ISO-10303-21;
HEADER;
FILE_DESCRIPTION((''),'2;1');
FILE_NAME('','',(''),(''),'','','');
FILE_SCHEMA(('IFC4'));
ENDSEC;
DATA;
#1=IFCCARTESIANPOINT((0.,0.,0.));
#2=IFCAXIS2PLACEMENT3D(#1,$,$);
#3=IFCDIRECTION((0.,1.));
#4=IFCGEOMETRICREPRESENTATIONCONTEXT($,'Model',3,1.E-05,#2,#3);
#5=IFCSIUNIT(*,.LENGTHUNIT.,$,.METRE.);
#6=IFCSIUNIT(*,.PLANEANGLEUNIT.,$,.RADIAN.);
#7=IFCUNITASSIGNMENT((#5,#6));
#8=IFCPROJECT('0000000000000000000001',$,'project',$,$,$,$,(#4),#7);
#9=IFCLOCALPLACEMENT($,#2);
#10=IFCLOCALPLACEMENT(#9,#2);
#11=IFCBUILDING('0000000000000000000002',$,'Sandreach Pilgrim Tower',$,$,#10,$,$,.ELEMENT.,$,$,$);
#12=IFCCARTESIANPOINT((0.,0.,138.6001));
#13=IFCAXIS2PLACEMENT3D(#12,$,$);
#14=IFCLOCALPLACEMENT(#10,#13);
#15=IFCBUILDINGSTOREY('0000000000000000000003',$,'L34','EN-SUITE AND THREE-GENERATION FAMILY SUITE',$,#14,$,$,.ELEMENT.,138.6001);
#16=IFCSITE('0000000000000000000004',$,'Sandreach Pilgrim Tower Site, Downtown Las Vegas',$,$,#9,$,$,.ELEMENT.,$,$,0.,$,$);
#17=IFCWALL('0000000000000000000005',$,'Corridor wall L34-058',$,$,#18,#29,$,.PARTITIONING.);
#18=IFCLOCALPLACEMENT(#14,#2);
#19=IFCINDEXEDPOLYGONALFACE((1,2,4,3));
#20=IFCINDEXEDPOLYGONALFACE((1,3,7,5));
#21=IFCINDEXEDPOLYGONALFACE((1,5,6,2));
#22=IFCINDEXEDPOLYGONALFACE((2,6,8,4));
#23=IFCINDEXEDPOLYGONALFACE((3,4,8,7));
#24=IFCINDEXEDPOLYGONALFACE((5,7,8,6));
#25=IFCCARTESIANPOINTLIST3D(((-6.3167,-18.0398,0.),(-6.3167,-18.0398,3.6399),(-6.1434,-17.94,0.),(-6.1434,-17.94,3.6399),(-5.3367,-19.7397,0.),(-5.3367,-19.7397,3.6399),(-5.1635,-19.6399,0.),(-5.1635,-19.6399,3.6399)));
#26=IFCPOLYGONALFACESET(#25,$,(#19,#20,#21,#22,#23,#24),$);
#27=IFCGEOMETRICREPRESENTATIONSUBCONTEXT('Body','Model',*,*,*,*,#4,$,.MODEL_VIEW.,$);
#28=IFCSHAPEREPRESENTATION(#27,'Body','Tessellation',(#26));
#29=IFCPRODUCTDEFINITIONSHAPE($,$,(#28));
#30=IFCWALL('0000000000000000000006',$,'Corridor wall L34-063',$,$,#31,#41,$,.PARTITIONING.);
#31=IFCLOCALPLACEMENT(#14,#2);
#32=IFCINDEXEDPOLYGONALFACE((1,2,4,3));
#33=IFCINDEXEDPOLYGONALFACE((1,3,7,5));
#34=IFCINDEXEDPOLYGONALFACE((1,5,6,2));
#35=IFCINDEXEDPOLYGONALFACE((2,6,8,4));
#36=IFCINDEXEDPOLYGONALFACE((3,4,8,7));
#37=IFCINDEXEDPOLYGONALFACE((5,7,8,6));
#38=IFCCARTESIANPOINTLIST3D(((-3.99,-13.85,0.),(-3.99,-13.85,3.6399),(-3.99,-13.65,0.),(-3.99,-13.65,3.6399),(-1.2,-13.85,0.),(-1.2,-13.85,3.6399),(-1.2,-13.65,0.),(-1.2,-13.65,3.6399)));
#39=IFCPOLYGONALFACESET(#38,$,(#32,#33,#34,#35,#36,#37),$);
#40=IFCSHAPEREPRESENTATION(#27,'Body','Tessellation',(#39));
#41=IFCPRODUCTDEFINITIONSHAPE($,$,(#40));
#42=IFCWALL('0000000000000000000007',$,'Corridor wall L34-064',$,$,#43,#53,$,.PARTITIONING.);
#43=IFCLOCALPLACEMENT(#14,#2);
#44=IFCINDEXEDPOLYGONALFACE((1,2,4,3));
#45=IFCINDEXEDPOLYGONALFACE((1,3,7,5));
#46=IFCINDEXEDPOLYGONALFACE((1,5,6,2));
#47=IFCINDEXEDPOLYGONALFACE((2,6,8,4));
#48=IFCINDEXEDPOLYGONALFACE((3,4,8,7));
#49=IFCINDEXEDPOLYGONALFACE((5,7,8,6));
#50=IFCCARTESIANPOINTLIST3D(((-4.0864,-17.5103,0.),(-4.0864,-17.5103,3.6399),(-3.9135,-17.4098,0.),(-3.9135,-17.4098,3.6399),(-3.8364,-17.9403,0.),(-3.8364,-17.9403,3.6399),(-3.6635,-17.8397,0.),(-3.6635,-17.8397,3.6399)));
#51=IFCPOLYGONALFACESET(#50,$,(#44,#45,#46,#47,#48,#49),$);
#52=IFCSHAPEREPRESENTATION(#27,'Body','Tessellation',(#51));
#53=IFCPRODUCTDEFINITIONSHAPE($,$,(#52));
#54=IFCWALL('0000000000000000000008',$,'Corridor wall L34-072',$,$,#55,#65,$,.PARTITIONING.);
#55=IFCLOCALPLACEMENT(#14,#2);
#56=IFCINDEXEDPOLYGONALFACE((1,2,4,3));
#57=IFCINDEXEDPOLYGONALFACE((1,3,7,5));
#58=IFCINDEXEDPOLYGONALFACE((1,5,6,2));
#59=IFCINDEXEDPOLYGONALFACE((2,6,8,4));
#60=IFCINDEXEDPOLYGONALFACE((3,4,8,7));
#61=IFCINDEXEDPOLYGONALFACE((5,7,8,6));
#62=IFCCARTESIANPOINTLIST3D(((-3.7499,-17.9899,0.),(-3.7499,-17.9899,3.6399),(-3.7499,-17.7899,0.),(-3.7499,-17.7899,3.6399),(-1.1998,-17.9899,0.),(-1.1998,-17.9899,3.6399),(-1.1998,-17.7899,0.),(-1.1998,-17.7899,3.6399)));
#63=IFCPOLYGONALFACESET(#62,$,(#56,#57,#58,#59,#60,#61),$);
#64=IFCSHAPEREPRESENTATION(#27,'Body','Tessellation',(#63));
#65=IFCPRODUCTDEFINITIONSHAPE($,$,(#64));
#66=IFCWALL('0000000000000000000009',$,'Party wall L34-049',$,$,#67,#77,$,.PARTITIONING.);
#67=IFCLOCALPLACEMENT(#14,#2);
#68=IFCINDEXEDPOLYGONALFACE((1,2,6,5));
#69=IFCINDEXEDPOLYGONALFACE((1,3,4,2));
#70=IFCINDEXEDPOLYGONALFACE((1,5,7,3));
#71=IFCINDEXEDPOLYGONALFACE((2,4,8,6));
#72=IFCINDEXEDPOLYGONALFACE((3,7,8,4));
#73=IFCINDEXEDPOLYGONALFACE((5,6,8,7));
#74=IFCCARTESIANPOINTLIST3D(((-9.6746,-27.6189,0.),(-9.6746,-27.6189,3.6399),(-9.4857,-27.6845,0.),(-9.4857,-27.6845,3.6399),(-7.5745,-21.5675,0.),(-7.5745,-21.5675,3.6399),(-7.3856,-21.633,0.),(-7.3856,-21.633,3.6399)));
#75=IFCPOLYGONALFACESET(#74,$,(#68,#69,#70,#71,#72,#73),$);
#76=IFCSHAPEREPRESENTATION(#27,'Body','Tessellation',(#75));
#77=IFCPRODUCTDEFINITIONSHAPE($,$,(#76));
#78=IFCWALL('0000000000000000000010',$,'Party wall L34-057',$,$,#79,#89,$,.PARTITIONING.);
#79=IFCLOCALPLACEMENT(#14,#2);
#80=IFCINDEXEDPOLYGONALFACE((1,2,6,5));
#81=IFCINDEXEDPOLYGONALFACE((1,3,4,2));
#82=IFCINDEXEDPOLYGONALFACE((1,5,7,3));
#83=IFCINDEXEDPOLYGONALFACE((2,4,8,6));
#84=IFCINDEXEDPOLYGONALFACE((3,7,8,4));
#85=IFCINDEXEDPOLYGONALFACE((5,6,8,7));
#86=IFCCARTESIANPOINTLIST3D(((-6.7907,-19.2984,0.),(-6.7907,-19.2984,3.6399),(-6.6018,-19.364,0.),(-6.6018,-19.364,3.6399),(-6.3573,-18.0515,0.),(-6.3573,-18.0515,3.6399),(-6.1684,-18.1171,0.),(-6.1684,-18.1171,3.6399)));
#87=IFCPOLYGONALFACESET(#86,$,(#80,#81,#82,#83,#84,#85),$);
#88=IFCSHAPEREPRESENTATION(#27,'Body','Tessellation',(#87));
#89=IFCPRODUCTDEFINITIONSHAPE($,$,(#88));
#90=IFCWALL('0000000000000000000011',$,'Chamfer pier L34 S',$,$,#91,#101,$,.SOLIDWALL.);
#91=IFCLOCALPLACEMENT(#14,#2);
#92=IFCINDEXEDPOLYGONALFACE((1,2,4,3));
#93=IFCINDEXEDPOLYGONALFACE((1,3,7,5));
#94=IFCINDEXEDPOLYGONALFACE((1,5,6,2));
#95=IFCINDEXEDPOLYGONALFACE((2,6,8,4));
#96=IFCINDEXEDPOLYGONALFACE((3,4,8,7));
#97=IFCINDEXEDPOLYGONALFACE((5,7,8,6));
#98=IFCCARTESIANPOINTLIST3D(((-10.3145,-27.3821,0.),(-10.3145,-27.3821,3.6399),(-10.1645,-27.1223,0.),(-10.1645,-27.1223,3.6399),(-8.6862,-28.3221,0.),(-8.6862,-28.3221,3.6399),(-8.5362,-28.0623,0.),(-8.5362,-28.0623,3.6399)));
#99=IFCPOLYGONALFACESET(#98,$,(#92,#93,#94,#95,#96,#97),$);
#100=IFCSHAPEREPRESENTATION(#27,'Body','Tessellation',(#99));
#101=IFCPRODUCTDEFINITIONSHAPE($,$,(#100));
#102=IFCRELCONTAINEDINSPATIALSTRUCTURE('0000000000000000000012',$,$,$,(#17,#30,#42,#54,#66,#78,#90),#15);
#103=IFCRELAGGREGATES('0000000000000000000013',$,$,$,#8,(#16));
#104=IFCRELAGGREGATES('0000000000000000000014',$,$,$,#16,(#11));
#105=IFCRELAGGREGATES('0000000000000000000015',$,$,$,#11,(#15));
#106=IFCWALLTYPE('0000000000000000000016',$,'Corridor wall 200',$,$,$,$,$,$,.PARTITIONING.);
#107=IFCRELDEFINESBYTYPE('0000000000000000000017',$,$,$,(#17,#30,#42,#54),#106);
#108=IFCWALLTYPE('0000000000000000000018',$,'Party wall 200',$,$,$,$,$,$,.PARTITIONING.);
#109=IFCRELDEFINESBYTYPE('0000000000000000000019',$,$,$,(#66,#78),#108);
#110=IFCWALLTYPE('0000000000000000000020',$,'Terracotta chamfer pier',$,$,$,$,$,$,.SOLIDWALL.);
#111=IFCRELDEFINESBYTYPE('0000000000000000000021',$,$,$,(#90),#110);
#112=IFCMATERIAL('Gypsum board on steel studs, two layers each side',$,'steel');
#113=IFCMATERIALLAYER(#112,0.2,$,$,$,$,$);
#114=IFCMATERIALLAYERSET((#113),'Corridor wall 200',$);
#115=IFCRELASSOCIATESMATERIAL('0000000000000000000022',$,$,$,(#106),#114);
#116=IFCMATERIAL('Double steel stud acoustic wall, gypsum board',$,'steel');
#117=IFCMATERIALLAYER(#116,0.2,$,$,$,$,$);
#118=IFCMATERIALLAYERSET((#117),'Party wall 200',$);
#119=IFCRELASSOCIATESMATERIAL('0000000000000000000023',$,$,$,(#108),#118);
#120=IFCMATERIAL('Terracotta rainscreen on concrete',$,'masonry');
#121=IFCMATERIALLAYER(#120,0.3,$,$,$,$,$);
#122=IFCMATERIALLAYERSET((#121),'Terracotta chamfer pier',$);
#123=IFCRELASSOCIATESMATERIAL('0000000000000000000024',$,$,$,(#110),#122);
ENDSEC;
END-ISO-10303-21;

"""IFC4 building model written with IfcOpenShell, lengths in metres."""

from ifc_helpers import new_model, si_unit, direction, frame, frame_2d, origin, place, context, subcontext, project, spatial, rectangle, extrude, material, layer, layer_set, type_object, element, save


model = new_model("IFC4")

# Units and contexts
model_context = context("Model", 3, precision=1e-05, world=origin(), true_north=direction((0.0, 1.0)))
body_context = subcontext(model_context, "Body", "Model", "MODEL_VIEW")
ifc_project = project(units=[si_unit("LENGTHUNIT", "METRE"), si_unit("PLANEANGLEUNIT", "RADIAN")], contexts=[model_context])

# Site, building, storey
site_placement = place(None, origin())
site = spatial("IfcSite", under=ifc_project, at=site_placement, Name="Sandreach Pilgrim Tower Site, Downtown Las Vegas", CompositionType="ELEMENT", RefElevation=0.0)
building_placement = place(site_placement, origin())
building = spatial("IfcBuilding", under=site, at=building_placement, Name="Sandreach Pilgrim Tower", CompositionType="ELEMENT")
storey_placement = place(building_placement, frame((0.0, 0.0, 138.6001)))
storey = spatial("IfcBuildingStorey", under=building, at=storey_placement, Name="L34", Description="EN-SUITE AND THREE-GENERATION FAMILY SUITE", CompositionType="ELEMENT", Elevation=138.6001)

# Shared definitions
ifc_material_1 = material(Name="Gypsum board on steel studs, two layers each side", Category="steel")
ifc_layer_1 = layer(ifc_material_1, 0.2)
ifc_layer_set_1 = layer_set([ifc_layer_1], Name="Corridor wall 200")
wall_type_1 = type_object("IfcWallType", Name="Corridor wall 200", PredefinedType="PARTITIONING", material=ifc_layer_set_1)

# Wall
wall_1_placement = place(storey_placement, frame((-6.23, -17.99, 0.0), z_axis=(0.0, 0.0, 1.0), x_axis=(0.499432, -0.866353, 0.0)))
element("IfcWall", 1, at=wall_1_placement, inside=storey, type_object=wall_type_1, Name="Corridor wall L34-058", PredefinedType="PARTITIONING", context=body_context, shape_type="SweptSolid", body=[
    extrude(rectangle(XDim=1.9622, YDim=0.2, at=frame_2d((0.981, 0.0))), origin(), (0.0, 0.0, 1.0), 3.6399),
])

# Walls
wall_2_placement = place(storey_placement, frame((-3.99, -13.75, 0.0), z_axis=(0.0, 0.0, 1.0), x_axis=(1.0, 0.0, 0.0)))
element("IfcWall", 2, at=wall_2_placement, inside=storey, type_object=wall_type_1, Name="Corridor wall L34-063", PredefinedType="PARTITIONING", context=body_context, shape_type="SweptSolid", body=[
    extrude(rectangle(XDim=2.79, YDim=0.2, at=frame_2d((1.395, 0.0))), origin(), (0.0, 0.0, 1.0), 3.6399),
])
wall_3_placement = place(storey_placement, frame((-3.75, -17.8899, 0.0), z_axis=(0.0, 0.0, 1.0), x_axis=(-0.50268, 0.864472, 0.0)))
element("IfcWall", 3, at=wall_3_placement, inside=storey, type_object=wall_type_1, Name="Corridor wall L34-064", PredefinedType="PARTITIONING", context=body_context, shape_type="SweptSolid", body=[
    extrude(rectangle(XDim=0.4973, YDim=0.2, at=frame_2d((0.2485, 0.0))), origin(), (0.0, 0.0, 1.0), 3.6399),
])
wall_4_placement = place(storey_placement, frame((-1.2, -17.8899, 0.0), z_axis=(0.0, 0.0, 1.0), x_axis=(-1.0, 0.0, 0.0)))
element("IfcWall", 4, at=wall_4_placement, inside=storey, type_object=wall_type_1, Name="Corridor wall L34-072", PredefinedType="PARTITIONING", context=body_context, shape_type="SweptSolid", body=[
    extrude(rectangle(XDim=2.55, YDim=0.2, at=frame_2d((1.2749, 0.0))), origin(), (0.0, 0.0, 1.0), 3.6399),
])
ifc_material_2 = material(Name="Double steel stud acoustic wall, gypsum board", Category="steel")
ifc_layer_2 = layer(ifc_material_2, 0.2)
ifc_layer_set_2 = layer_set([ifc_layer_2], Name="Party wall 200")
wall_type_2 = type_object("IfcWallType", Name="Party wall 200", PredefinedType="PARTITIONING", material=ifc_layer_set_2)
wall_5_placement = place(storey_placement, frame((-9.5801, -27.6516, 0.0), z_axis=(0.0, 0.0, 1.0), x_axis=(0.327855, 0.944728, 0.0)))
element("IfcWall", 5, at=wall_5_placement, inside=storey, type_object=wall_type_2, Name="Party wall L34-049", PredefinedType="PARTITIONING", context=body_context, shape_type="SweptSolid", body=[
    extrude(rectangle(XDim=6.4055, YDim=0.2, at=frame_2d((3.2026, 0.0))), origin(), (0.0, 0.0, 1.0), 3.6399),
])
wall_6_placement = place(storey_placement, frame((-6.6963, -19.3313, 0.0), z_axis=(0.0, 0.0, 1.0), x_axis=(0.328298, 0.944574, 0.0)))
element("IfcWall", 6, at=wall_6_placement, inside=storey, type_object=wall_type_2, Name="Party wall L34-057", PredefinedType="PARTITIONING", context=body_context, shape_type="SweptSolid", body=[
    extrude(rectangle(XDim=1.3201, YDim=0.2, at=frame_2d((0.6602, 0.0))), origin(), (0.0, 0.0, 1.0), 3.6399),
])
ifc_material_3 = material(Name="Terracotta rainscreen on concrete", Category="masonry")
ifc_layer_3 = layer(ifc_material_3, 0.3)
ifc_layer_set_3 = layer_set([ifc_layer_3], Name="Terracotta chamfer pier")
wall_type_3 = type_object("IfcWallType", Name="Terracotta chamfer pier", PredefinedType="SOLIDWALL", material=ifc_layer_set_3)
wall_7_placement = place(storey_placement, frame((-8.6113, -28.1921, 0.0), z_axis=(0.0, 0.0, 1.0), x_axis=(-0.866045, 0.499966, 0.0)))
element("IfcWall", 7, at=wall_7_placement, inside=storey, type_object=wall_type_3, Name="Chamfer pier L34 S", PredefinedType="SOLIDWALL", context=body_context, shape_type="SweptSolid", body=[
    extrude(rectangle(XDim=1.8801, YDim=0.3, at=frame_2d((0.9399, 0.0))), origin(), (0.0, 0.0, 1.0), 3.6399),
])

save(model, "model.ifc")
